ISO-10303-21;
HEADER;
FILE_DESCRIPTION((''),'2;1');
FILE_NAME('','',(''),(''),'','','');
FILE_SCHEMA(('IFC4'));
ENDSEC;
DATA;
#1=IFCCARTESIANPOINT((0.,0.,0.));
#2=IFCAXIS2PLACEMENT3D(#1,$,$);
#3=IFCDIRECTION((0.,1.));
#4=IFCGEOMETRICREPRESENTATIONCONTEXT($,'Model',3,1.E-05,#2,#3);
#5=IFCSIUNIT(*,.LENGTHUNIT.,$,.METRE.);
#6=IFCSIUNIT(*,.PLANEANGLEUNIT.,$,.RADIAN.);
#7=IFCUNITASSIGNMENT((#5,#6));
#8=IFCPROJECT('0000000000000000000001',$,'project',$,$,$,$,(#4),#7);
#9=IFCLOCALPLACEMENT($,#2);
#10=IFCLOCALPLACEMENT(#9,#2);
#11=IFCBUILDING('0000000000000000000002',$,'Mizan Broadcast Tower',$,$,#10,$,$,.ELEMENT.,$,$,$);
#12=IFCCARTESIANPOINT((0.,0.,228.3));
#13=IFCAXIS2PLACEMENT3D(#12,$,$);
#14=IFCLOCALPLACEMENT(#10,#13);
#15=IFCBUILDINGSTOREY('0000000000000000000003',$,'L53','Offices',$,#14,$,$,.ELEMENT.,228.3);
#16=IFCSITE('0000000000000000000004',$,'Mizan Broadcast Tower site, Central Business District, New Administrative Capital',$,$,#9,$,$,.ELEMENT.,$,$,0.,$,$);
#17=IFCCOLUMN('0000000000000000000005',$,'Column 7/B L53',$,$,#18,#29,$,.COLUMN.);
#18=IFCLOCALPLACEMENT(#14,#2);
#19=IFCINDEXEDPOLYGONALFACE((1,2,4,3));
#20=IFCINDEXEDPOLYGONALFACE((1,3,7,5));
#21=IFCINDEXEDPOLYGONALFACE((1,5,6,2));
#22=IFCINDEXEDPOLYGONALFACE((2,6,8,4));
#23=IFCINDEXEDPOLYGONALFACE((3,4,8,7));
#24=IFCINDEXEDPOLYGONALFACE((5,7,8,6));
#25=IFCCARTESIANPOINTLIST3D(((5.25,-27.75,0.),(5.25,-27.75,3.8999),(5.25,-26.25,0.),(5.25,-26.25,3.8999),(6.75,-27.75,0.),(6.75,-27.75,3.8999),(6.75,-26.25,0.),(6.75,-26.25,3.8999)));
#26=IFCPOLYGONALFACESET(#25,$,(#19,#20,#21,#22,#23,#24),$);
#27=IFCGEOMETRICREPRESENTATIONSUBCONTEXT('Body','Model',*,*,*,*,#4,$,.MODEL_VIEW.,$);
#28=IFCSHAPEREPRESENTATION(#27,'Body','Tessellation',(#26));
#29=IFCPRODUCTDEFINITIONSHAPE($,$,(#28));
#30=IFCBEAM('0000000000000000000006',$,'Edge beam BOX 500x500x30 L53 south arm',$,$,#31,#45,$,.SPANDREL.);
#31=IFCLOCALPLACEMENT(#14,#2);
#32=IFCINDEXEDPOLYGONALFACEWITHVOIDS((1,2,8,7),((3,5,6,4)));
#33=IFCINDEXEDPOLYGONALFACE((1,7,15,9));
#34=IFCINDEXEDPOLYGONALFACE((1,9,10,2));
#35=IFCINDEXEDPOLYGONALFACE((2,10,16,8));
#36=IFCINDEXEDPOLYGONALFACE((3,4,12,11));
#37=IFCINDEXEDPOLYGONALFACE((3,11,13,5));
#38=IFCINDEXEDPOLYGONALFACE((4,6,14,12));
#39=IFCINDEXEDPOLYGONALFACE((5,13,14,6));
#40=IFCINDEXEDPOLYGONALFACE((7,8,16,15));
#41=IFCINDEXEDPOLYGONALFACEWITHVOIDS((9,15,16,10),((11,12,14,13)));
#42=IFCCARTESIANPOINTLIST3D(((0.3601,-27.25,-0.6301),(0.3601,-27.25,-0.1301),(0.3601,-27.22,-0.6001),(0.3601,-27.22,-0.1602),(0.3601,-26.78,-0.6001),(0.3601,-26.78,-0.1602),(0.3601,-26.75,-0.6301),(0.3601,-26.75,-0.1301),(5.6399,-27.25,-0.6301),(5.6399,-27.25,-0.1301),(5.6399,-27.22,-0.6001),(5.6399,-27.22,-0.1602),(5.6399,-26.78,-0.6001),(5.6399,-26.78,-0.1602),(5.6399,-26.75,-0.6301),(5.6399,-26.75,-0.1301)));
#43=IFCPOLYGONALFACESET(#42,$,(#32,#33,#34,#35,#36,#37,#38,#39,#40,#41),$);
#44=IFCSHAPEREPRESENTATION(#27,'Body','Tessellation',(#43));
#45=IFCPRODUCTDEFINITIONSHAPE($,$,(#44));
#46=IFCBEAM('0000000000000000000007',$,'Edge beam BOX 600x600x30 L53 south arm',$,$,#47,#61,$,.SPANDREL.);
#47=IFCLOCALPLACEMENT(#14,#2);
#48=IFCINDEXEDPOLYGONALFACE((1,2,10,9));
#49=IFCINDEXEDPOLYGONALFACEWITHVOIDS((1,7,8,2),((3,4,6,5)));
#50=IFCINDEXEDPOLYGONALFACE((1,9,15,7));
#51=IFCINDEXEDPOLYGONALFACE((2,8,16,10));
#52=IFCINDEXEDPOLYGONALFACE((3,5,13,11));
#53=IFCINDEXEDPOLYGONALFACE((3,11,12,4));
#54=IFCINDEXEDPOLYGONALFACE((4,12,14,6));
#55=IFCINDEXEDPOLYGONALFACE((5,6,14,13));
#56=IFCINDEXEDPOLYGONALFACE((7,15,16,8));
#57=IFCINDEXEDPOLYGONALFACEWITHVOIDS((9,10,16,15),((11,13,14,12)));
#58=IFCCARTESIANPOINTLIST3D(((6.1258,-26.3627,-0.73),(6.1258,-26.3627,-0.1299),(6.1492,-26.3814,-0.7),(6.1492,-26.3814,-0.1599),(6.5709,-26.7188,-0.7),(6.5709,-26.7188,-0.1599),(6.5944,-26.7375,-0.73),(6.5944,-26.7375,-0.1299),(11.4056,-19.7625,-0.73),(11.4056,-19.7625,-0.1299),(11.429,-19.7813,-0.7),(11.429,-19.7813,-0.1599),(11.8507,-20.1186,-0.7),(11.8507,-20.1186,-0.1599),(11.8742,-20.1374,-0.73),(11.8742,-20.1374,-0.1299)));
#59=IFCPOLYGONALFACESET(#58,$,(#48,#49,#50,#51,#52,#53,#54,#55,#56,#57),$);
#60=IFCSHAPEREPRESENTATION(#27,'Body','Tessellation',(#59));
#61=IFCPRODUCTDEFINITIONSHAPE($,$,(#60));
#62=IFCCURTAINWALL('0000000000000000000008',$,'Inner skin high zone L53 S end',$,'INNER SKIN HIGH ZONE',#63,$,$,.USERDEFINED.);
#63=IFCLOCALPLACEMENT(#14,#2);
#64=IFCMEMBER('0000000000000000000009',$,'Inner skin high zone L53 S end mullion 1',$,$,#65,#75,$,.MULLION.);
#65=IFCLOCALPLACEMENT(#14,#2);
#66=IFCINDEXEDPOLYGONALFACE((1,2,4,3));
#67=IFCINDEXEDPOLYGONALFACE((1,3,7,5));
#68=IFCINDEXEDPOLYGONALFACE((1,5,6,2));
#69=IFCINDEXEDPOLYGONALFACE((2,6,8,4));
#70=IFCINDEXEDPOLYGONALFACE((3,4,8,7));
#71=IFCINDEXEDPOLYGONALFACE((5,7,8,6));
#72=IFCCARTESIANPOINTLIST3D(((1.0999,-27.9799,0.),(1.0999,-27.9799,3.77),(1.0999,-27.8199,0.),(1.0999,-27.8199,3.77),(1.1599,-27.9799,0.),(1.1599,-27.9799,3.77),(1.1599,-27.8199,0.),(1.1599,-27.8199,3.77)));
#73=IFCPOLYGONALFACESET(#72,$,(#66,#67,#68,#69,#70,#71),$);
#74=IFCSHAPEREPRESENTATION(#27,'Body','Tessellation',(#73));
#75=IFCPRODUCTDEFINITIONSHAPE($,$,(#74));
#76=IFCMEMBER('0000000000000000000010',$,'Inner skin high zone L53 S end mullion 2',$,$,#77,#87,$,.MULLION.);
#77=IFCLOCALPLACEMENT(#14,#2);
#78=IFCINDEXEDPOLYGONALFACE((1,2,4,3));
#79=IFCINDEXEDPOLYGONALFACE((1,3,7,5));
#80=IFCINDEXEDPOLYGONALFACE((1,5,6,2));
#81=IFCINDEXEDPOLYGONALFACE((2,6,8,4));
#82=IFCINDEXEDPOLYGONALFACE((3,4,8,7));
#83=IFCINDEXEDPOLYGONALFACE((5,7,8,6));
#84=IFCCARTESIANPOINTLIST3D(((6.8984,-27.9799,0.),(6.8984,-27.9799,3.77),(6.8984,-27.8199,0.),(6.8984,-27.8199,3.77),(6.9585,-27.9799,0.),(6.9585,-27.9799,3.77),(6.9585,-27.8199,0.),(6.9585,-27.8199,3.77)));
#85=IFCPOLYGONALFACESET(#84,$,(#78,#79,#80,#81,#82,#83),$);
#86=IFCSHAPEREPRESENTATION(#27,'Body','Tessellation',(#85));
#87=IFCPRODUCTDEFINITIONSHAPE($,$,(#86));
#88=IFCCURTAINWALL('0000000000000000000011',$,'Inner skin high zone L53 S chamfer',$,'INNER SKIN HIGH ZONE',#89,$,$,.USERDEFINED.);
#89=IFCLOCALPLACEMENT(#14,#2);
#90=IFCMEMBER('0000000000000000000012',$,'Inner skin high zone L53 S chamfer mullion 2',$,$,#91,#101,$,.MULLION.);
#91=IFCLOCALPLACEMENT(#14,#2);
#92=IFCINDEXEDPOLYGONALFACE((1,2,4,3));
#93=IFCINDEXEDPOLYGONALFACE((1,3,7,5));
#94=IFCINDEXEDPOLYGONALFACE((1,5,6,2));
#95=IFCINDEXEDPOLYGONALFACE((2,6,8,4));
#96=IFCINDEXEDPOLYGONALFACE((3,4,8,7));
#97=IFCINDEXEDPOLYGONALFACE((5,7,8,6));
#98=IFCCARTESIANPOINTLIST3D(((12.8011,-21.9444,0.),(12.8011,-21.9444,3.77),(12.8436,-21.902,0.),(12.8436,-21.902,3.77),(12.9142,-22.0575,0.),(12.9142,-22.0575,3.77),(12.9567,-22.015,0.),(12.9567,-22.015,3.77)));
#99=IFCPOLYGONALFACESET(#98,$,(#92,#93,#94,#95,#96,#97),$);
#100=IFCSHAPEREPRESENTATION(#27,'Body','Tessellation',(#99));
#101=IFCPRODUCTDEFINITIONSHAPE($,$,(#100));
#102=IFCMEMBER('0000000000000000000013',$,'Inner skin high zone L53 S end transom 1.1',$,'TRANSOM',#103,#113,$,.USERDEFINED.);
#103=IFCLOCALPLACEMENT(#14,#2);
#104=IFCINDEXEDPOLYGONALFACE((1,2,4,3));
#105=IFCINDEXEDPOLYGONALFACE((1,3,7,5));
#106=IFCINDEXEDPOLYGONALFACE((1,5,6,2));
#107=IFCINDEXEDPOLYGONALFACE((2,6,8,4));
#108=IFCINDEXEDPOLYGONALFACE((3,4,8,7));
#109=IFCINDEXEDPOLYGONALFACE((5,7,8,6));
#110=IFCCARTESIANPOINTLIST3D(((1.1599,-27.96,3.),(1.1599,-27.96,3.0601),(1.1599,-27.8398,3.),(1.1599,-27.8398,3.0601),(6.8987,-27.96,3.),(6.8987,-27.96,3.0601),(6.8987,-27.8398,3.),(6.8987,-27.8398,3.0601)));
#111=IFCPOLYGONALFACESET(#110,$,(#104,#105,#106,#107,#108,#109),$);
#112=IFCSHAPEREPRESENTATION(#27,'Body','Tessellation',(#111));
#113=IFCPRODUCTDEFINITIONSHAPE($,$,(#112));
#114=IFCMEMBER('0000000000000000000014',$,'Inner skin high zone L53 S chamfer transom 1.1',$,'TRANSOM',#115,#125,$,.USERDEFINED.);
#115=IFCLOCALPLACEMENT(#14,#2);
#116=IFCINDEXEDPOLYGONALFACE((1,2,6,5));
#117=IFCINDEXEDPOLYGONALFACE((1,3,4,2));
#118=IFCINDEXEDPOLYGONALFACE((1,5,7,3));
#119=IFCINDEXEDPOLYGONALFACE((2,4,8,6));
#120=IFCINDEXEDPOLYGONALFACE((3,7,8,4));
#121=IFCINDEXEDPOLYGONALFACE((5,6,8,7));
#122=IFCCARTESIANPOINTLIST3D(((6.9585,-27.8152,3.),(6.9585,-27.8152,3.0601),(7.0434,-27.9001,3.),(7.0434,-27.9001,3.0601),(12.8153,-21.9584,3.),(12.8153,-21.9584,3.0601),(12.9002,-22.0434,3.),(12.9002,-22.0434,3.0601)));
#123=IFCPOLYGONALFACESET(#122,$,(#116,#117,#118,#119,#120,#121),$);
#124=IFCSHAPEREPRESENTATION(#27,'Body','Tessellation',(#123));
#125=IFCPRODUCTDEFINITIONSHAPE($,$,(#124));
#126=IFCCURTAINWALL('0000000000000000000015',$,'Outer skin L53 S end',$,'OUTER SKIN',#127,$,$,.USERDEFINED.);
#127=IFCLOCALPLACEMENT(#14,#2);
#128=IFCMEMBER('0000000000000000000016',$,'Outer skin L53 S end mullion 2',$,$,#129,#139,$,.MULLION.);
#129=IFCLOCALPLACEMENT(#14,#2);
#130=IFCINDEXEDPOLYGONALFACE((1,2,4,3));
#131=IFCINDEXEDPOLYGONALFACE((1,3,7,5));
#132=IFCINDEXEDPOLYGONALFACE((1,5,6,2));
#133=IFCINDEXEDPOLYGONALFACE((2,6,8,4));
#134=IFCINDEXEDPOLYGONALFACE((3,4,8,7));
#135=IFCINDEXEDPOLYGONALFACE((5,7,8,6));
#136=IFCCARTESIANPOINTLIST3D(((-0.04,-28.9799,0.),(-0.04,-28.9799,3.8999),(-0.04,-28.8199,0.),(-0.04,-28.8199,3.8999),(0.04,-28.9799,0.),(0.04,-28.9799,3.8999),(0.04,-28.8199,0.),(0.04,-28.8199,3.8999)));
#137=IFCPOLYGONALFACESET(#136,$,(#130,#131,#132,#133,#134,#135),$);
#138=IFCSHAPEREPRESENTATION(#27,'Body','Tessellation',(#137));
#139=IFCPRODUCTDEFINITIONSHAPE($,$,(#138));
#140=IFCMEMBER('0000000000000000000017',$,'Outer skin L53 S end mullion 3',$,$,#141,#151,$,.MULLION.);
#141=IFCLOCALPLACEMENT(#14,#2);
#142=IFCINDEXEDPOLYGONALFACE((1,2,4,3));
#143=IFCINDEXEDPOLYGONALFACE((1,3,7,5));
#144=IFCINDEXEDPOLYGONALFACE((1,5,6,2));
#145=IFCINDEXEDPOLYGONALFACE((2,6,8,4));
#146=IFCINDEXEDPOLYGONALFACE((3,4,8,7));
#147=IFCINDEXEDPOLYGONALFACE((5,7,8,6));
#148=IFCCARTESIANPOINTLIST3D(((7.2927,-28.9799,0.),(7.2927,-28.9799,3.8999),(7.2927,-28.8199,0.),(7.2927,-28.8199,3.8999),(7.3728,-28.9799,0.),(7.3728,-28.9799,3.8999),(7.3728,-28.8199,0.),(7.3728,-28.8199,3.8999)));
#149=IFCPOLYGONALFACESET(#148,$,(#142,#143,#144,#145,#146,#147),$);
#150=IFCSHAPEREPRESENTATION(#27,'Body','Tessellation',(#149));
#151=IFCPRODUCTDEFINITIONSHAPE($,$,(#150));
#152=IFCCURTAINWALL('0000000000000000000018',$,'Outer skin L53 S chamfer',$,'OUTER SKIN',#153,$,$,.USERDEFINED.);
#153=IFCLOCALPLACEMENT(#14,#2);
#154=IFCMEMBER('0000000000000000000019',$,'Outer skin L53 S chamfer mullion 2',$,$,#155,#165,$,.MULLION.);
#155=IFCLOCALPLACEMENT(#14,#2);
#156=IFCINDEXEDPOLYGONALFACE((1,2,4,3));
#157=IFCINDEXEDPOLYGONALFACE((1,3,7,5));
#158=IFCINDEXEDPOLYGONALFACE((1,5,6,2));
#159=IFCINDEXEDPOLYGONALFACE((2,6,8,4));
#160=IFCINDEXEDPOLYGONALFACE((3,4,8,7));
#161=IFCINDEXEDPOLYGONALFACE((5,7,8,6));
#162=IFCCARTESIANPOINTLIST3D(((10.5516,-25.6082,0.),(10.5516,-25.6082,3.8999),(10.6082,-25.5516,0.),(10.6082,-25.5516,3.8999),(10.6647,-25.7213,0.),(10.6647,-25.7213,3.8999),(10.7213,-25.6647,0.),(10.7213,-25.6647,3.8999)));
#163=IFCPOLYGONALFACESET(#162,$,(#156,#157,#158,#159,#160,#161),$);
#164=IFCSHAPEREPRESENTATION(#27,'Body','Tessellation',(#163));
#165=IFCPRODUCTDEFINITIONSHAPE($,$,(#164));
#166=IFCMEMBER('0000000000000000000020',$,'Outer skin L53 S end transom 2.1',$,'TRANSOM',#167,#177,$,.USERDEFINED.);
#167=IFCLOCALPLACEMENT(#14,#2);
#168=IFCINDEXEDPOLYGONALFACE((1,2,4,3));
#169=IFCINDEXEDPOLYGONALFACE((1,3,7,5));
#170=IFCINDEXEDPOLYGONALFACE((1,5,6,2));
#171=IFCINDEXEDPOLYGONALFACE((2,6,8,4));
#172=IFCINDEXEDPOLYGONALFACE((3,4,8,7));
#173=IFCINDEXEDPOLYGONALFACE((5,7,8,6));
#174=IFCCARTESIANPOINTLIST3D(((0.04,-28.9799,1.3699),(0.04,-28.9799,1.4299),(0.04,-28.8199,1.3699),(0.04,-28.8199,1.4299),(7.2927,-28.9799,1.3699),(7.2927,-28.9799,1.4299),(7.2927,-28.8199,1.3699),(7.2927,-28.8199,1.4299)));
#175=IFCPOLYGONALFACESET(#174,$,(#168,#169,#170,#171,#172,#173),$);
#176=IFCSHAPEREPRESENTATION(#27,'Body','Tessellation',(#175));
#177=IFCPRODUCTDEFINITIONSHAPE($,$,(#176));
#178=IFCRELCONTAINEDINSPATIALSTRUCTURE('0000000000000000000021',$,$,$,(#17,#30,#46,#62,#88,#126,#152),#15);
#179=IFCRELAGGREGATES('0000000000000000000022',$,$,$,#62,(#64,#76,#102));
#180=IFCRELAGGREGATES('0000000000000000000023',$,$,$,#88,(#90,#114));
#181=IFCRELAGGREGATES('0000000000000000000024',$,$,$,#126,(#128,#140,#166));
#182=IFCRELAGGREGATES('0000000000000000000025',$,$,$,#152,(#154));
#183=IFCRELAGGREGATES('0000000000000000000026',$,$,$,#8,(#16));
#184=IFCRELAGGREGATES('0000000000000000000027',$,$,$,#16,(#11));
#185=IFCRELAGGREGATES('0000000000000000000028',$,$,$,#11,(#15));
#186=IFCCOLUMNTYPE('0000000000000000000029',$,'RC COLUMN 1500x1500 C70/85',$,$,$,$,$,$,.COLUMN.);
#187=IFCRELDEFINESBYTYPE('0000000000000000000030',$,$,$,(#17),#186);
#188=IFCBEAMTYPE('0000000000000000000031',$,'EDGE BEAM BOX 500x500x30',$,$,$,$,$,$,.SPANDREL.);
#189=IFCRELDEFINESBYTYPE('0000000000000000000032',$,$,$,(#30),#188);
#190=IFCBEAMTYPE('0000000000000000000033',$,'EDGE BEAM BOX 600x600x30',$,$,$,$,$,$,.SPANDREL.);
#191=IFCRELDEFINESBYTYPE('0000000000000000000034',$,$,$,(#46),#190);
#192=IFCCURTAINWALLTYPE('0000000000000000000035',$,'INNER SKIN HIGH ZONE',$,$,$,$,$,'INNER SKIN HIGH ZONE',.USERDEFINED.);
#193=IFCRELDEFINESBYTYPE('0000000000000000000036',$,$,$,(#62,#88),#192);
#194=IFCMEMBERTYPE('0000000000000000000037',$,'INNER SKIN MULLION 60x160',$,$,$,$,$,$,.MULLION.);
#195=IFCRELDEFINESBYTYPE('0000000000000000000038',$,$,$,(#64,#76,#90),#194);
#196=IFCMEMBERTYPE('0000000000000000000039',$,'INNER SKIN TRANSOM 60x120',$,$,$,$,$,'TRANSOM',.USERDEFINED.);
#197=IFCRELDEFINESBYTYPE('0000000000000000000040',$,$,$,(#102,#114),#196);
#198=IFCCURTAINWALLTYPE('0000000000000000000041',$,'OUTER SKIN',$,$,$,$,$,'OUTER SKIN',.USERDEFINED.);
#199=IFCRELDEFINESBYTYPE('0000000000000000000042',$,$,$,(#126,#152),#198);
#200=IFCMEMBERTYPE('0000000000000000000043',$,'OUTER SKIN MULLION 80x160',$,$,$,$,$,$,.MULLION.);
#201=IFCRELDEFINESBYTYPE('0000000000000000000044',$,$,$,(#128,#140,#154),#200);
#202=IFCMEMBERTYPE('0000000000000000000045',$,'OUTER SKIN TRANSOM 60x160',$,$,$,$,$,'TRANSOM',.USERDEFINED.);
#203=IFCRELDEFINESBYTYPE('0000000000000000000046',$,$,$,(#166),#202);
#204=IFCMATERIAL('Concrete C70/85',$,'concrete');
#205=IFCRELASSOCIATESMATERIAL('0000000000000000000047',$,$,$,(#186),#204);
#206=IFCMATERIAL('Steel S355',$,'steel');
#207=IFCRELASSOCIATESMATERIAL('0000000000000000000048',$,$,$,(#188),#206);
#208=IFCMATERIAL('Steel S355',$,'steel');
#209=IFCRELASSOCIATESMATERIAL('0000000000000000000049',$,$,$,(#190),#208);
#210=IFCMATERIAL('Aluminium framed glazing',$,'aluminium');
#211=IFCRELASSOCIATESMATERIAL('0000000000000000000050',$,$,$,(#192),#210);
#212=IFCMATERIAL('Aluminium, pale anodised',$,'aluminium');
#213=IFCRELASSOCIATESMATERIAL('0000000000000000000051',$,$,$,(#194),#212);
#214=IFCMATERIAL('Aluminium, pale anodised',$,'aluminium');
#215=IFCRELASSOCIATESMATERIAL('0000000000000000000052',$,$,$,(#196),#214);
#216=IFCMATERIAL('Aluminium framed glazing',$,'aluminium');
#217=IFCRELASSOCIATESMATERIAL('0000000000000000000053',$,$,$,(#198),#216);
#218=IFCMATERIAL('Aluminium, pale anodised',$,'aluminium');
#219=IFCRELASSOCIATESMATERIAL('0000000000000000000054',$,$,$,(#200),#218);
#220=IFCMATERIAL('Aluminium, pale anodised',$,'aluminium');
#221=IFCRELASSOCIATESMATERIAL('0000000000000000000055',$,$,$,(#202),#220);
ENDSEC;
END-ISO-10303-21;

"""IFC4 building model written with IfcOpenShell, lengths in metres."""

from ifc_helpers import new_model, si_unit, direction, frame, origin, origin_2d, place, context, subcontext, project, spatial, rectangle, hollow_rectangle, extrude, material, material_profile, profile_set, type_object, element, aggregate, save


model = new_model("IFC4")

# Units and contexts
model_context = context("Model", 3, precision=1e-05, world=origin(), true_north=direction((0.0, 1.0)))
body_context = subcontext(model_context, "Body", "Model", "MODEL_VIEW")
ifc_project = project(units=[si_unit("LENGTHUNIT", "METRE"), si_unit("PLANEANGLEUNIT", "RADIAN")], contexts=[model_context])

# Site, building, storey
site_placement = place(None, origin())
site = spatial("IfcSite", under=ifc_project, at=site_placement, Name="Mizan Broadcast Tower site, Central Business District, New Administrative Capital", CompositionType="ELEMENT", RefElevation=0.0)
building_placement = place(site_placement, origin())
building = spatial("IfcBuilding", under=site, at=building_placement, Name="Mizan Broadcast Tower", CompositionType="ELEMENT")
storey_placement = place(building_placement, frame((0.0, 0.0, 228.3)))
storey = spatial("IfcBuildingStorey", under=building, at=storey_placement, Name="L53", Description="Offices", CompositionType="ELEMENT", Elevation=228.3)

# Column
ifc_material_1 = material(Name="Concrete C70/85", Category="concrete")
ifc_material_profile_1 = material_profile(ifc_material_1, rectangle(XDim=1.5, YDim=1.5, at=origin_2d()), Name="RC 1500x1500")
ifc_profile_set_1 = profile_set([ifc_material_profile_1], Name="Concrete C70/85")
column_type = type_object("IfcColumnType", Name="RC COLUMN 1500x1500 C70/85", PredefinedType="COLUMN", material=ifc_profile_set_1)
column_placement = place(storey_placement, frame((6.0, -27.0, 0.0), z_axis=(0.0, 0.0, 1.0), x_axis=(1.0, 0.0, 0.0)))
element("IfcColumn", 1, at=column_placement, inside=storey, type_object=column_type, Name="Column 7/B L53", PredefinedType="COLUMN", context=body_context, shape_type="SweptSolid", body=[
    extrude(rectangle(XDim=1.5, YDim=1.5, at=origin_2d()), origin(), (0.0, 0.0, 1.0), 3.8999),
])

# Beams
ifc_material_2 = material(Name="Steel S355", Category="steel")
ifc_material_profile_2 = material_profile(ifc_material_2, hollow_rectangle(XDim=0.5, YDim=0.5, WallThickness=0.03, at=origin_2d()), Name="BOX 500x500x30")
ifc_profile_set_2 = profile_set([ifc_material_profile_2], Name="Steel S355")
beam_type_1 = type_object("IfcBeamType", Name="EDGE BEAM BOX 500x500x30", PredefinedType="SPANDREL", material=ifc_profile_set_2)
beam_1_placement = place(storey_placement, frame((5.6399, -27.0, -0.3801), z_axis=(-1.0, 0.0, 0.0), x_axis=(0.0, -1.0, 0.0)))
element("IfcBeam", 2, at=beam_1_placement, inside=storey, type_object=beam_type_1, Name="Edge beam BOX 500x500x30 L53 south arm", PredefinedType="SPANDREL", context=body_context, shape_type="SweptSolid", body=[
    extrude(hollow_rectangle(XDim=0.5, YDim=0.5, WallThickness=0.03, at=origin_2d()), origin(), (0.0, 0.0, 1.0), 5.2798),
])
ifc_material_3 = material(Name="Steel S355", Category="steel")
ifc_material_profile_3 = material_profile(ifc_material_3, hollow_rectangle(XDim=0.6001, YDim=0.6001, WallThickness=0.03, at=origin_2d()), Name="BOX 600x600x30")
ifc_profile_set_3 = profile_set([ifc_material_profile_3], Name="Steel S355")
beam_type_2 = type_object("IfcBeamType", Name="EDGE BEAM BOX 600x600x30", PredefinedType="SPANDREL", material=ifc_profile_set_3)
beam_2_placement = place(storey_placement, frame((11.6399, -19.95, -0.4299), z_axis=(-0.624674, -0.780886, 0.0), x_axis=(0.780886, -0.624674, 0.0)))
element("IfcBeam", 3, at=beam_2_placement, inside=storey, type_object=beam_type_2, Name="Edge beam BOX 600x600x30 L53 south arm", PredefinedType="SPANDREL", context=body_context, shape_type="SweptSolid", body=[
    extrude(hollow_rectangle(XDim=0.6001, YDim=0.6001, WallThickness=0.03, at=origin_2d()), origin(), (0.0, 0.0, 1.0), 8.4521),
])

# Curtain wall, members
ifc_material_4 = material(Name="Aluminium framed glazing", Category="aluminium")
curtain_wall_type_1 = type_object("IfcCurtainWallType", Name="INNER SKIN HIGH ZONE", ElementType="INNER SKIN HIGH ZONE", PredefinedType="USERDEFINED", material=ifc_material_4)
curtain_wall_1_placement = place(storey_placement, origin())
curtain_wall_1 = element("IfcCurtainWall", 4, at=curtain_wall_1_placement, inside=storey, type_object=curtain_wall_type_1, Name="Inner skin high zone L53 S end", ObjectType="INNER SKIN HIGH ZONE", PredefinedType="USERDEFINED")
ifc_material_5 = material(Name="Aluminium, pale anodised", Category="aluminium")
ifc_material_profile_4 = material_profile(ifc_material_5, rectangle(XDim=0.1599, YDim=0.0601, at=origin_2d()), Name="MULLION 160x60")
ifc_profile_set_4 = profile_set([ifc_material_profile_4], Name="Aluminium, pale anodised")
member_type_1 = type_object("IfcMemberType", Name="INNER SKIN MULLION 60x160", PredefinedType="MULLION", material=ifc_profile_set_4)
member_1_placement = place(storey_placement, frame((1.1299, -27.8999, 0.0), z_axis=(0.0, 0.0, 1.0), x_axis=(0.0, 1.0, 0.0)))
member_1 = element("IfcMember", 5, at=member_1_placement, type_object=member_type_1, Name="Inner skin high zone L53 S end mullion 1", PredefinedType="MULLION", context=body_context, shape_type="SweptSolid", body=[
    extrude(rectangle(XDim=0.1599, YDim=0.0601, at=origin_2d()), origin(), (0.0, 0.0, 1.0), 3.77),
])
member_2_placement = place(storey_placement, frame((6.9285, -27.8999, 0.0), z_axis=(0.0, 0.0, 1.0), x_axis=(0.0, 1.0, 0.0)))
member_2 = element("IfcMember", 6, at=member_2_placement, type_object=member_type_1, Name="Inner skin high zone L53 S end mullion 2", PredefinedType="MULLION", context=body_context, shape_type="SweptSolid", body=[
    extrude(rectangle(XDim=0.1599, YDim=0.0601, at=origin_2d()), origin(), (0.0, 0.0, 1.0), 3.77),
])

# Curtain wall, member
curtain_wall_2_placement = place(storey_placement, origin())
curtain_wall_2 = element("IfcCurtainWall", 7, at=curtain_wall_2_placement, inside=storey, type_object=curtain_wall_type_1, Name="Inner skin high zone L53 S chamfer", ObjectType="INNER SKIN HIGH ZONE", PredefinedType="USERDEFINED")
member_3_placement = place(storey_placement, frame((12.8789, -21.9797, 0.0), z_axis=(0.0, 0.0, 1.0), x_axis=(-0.707107, 0.707107, 0.0)))
member_3 = element("IfcMember", 8, at=member_3_placement, type_object=member_type_1, Name="Inner skin high zone L53 S chamfer mullion 2", PredefinedType="MULLION", context=body_context, shape_type="SweptSolid", body=[
    extrude(rectangle(XDim=0.1599, YDim=0.0601, at=origin_2d()), origin(), (0.0, 0.0, 1.0), 3.77),
])

# Members
ifc_material_6 = material(Name="Aluminium, pale anodised", Category="aluminium")
ifc_material_profile_5 = material_profile(ifc_material_6, rectangle(XDim=0.1201, YDim=0.0601, at=origin_2d()), Name="TRANSOM 120x60")
ifc_profile_set_5 = profile_set([ifc_material_profile_5], Name="Aluminium, pale anodised")
member_type_2 = type_object("IfcMemberType", Name="INNER SKIN TRANSOM 60x120", ElementType="TRANSOM", PredefinedType="USERDEFINED", material=ifc_profile_set_5)
member_4_placement = place(storey_placement, frame((1.1599, -27.8999, 3.03), z_axis=(1.0, 0.0, 0.0), x_axis=(0.0, 1.0, 0.0)))
member_4 = element("IfcMember", 9, at=member_4_placement, type_object=member_type_2, Name="Inner skin high zone L53 S end transom 1.1", ObjectType="TRANSOM", PredefinedType="USERDEFINED", context=body_context, shape_type="SweptSolid", body=[
    extrude(rectangle(XDim=0.1201, YDim=0.0601, at=origin_2d()), origin(), (0.0, 0.0, 1.0), 5.7388),
])
member_5_placement = place(storey_placement, frame((7.001, -27.8577, 3.03), z_axis=(0.707107, 0.707107, 0.0), x_axis=(-0.707107, 0.707107, 0.0)))
member_5 = element("IfcMember", 10, at=member_5_placement, type_object=member_type_2, Name="Inner skin high zone L53 S chamfer transom 1.1", ObjectType="TRANSOM", PredefinedType="USERDEFINED", context=body_context, shape_type="SweptSolid", body=[
    extrude(rectangle(XDim=0.1201, YDim=0.0601, at=origin_2d()), origin(), (0.0, 0.0, 1.0), 8.2827),
])

# Curtain wall, members
ifc_material_7 = material(Name="Aluminium framed glazing", Category="aluminium")
curtain_wall_type_2 = type_object("IfcCurtainWallType", Name="OUTER SKIN", ElementType="OUTER SKIN", PredefinedType="USERDEFINED", material=ifc_material_7)
curtain_wall_3_placement = place(storey_placement, origin())
curtain_wall_3 = element("IfcCurtainWall", 11, at=curtain_wall_3_placement, inside=storey, type_object=curtain_wall_type_2, Name="Outer skin L53 S end", ObjectType="OUTER SKIN", PredefinedType="USERDEFINED")
ifc_material_8 = material(Name="Aluminium, pale anodised", Category="aluminium")
ifc_material_profile_6 = material_profile(ifc_material_8, rectangle(XDim=0.1599, YDim=0.0801, at=origin_2d()), Name="MULLION 160x80")
ifc_profile_set_6 = profile_set([ifc_material_profile_6], Name="Aluminium, pale anodised")
member_type_3 = type_object("IfcMemberType", Name="OUTER SKIN MULLION 80x160", PredefinedType="MULLION", material=ifc_profile_set_6)
member_6_placement = place(storey_placement, frame((0.0, -28.8999, 0.0), z_axis=(0.0, 0.0, 1.0), x_axis=(0.0, 1.0, 0.0)))
member_6 = element("IfcMember", 12, at=member_6_placement, type_object=member_type_3, Name="Outer skin L53 S end mullion 2", PredefinedType="MULLION", context=body_context, shape_type="SweptSolid", body=[
    extrude(rectangle(XDim=0.1599, YDim=0.0801, at=origin_2d()), origin(), (0.0, 0.0, 1.0), 3.8999),
])
member_7_placement = place(storey_placement, frame((7.3328, -28.8999, 0.0), z_axis=(0.0, 0.0, 1.0), x_axis=(0.0, 1.0, 0.0)))
member_7 = element("IfcMember", 13, at=member_7_placement, type_object=member_type_3, Name="Outer skin L53 S end mullion 3", PredefinedType="MULLION", context=body_context, shape_type="SweptSolid", body=[
    extrude(rectangle(XDim=0.1599, YDim=0.0801, at=origin_2d()), origin(), (0.0, 0.0, 1.0), 3.8999),
])

# Curtain wall, member
curtain_wall_4_placement = place(storey_placement, origin())
curtain_wall_4 = element("IfcCurtainWall", 14, at=curtain_wall_4_placement, inside=storey, type_object=curtain_wall_type_2, Name="Outer skin L53 S chamfer", ObjectType="OUTER SKIN", PredefinedType="USERDEFINED")
member_8_placement = place(storey_placement, frame((10.6365, -25.6365, 0.0), z_axis=(0.0, 0.0, 1.0), x_axis=(-0.707107, 0.707107, 0.0)))
member_8 = element("IfcMember", 15, at=member_8_placement, type_object=member_type_3, Name="Outer skin L53 S chamfer mullion 2", PredefinedType="MULLION", context=body_context, shape_type="SweptSolid", body=[
    extrude(rectangle(XDim=0.1599, YDim=0.0801, at=origin_2d()), origin(), (0.0, 0.0, 1.0), 3.8999),
])

# Member
ifc_material_9 = material(Name="Aluminium, pale anodised", Category="aluminium")
ifc_material_profile_7 = material_profile(ifc_material_9, rectangle(XDim=0.1599, YDim=0.0601, at=origin_2d()), Name="TRANSOM 160x60")
ifc_profile_set_7 = profile_set([ifc_material_profile_7], Name="Aluminium, pale anodised")
member_type_4 = type_object("IfcMemberType", Name="OUTER SKIN TRANSOM 60x160", ElementType="TRANSOM", PredefinedType="USERDEFINED", material=ifc_profile_set_7)
member_9_placement = place(storey_placement, frame((0.04, -28.8999, 1.3999), z_axis=(1.0, 0.0, 0.0), x_axis=(0.0, 1.0, 0.0)))
member_9 = element("IfcMember", 16, at=member_9_placement, type_object=member_type_4, Name="Outer skin L53 S end transom 2.1", ObjectType="TRANSOM", PredefinedType="USERDEFINED", context=body_context, shape_type="SweptSolid", body=[
    extrude(rectangle(XDim=0.1599, YDim=0.0601, at=origin_2d()), origin(), (0.0, 0.0, 1.0), 7.2527),
])

aggregate(curtain_wall_1, [member_1, member_2, member_4])
aggregate(curtain_wall_2, [member_3, member_5])
aggregate(curtain_wall_3, [member_6, member_7, member_9])
aggregate(curtain_wall_4, [member_8])

save(model, "model.ifc")
